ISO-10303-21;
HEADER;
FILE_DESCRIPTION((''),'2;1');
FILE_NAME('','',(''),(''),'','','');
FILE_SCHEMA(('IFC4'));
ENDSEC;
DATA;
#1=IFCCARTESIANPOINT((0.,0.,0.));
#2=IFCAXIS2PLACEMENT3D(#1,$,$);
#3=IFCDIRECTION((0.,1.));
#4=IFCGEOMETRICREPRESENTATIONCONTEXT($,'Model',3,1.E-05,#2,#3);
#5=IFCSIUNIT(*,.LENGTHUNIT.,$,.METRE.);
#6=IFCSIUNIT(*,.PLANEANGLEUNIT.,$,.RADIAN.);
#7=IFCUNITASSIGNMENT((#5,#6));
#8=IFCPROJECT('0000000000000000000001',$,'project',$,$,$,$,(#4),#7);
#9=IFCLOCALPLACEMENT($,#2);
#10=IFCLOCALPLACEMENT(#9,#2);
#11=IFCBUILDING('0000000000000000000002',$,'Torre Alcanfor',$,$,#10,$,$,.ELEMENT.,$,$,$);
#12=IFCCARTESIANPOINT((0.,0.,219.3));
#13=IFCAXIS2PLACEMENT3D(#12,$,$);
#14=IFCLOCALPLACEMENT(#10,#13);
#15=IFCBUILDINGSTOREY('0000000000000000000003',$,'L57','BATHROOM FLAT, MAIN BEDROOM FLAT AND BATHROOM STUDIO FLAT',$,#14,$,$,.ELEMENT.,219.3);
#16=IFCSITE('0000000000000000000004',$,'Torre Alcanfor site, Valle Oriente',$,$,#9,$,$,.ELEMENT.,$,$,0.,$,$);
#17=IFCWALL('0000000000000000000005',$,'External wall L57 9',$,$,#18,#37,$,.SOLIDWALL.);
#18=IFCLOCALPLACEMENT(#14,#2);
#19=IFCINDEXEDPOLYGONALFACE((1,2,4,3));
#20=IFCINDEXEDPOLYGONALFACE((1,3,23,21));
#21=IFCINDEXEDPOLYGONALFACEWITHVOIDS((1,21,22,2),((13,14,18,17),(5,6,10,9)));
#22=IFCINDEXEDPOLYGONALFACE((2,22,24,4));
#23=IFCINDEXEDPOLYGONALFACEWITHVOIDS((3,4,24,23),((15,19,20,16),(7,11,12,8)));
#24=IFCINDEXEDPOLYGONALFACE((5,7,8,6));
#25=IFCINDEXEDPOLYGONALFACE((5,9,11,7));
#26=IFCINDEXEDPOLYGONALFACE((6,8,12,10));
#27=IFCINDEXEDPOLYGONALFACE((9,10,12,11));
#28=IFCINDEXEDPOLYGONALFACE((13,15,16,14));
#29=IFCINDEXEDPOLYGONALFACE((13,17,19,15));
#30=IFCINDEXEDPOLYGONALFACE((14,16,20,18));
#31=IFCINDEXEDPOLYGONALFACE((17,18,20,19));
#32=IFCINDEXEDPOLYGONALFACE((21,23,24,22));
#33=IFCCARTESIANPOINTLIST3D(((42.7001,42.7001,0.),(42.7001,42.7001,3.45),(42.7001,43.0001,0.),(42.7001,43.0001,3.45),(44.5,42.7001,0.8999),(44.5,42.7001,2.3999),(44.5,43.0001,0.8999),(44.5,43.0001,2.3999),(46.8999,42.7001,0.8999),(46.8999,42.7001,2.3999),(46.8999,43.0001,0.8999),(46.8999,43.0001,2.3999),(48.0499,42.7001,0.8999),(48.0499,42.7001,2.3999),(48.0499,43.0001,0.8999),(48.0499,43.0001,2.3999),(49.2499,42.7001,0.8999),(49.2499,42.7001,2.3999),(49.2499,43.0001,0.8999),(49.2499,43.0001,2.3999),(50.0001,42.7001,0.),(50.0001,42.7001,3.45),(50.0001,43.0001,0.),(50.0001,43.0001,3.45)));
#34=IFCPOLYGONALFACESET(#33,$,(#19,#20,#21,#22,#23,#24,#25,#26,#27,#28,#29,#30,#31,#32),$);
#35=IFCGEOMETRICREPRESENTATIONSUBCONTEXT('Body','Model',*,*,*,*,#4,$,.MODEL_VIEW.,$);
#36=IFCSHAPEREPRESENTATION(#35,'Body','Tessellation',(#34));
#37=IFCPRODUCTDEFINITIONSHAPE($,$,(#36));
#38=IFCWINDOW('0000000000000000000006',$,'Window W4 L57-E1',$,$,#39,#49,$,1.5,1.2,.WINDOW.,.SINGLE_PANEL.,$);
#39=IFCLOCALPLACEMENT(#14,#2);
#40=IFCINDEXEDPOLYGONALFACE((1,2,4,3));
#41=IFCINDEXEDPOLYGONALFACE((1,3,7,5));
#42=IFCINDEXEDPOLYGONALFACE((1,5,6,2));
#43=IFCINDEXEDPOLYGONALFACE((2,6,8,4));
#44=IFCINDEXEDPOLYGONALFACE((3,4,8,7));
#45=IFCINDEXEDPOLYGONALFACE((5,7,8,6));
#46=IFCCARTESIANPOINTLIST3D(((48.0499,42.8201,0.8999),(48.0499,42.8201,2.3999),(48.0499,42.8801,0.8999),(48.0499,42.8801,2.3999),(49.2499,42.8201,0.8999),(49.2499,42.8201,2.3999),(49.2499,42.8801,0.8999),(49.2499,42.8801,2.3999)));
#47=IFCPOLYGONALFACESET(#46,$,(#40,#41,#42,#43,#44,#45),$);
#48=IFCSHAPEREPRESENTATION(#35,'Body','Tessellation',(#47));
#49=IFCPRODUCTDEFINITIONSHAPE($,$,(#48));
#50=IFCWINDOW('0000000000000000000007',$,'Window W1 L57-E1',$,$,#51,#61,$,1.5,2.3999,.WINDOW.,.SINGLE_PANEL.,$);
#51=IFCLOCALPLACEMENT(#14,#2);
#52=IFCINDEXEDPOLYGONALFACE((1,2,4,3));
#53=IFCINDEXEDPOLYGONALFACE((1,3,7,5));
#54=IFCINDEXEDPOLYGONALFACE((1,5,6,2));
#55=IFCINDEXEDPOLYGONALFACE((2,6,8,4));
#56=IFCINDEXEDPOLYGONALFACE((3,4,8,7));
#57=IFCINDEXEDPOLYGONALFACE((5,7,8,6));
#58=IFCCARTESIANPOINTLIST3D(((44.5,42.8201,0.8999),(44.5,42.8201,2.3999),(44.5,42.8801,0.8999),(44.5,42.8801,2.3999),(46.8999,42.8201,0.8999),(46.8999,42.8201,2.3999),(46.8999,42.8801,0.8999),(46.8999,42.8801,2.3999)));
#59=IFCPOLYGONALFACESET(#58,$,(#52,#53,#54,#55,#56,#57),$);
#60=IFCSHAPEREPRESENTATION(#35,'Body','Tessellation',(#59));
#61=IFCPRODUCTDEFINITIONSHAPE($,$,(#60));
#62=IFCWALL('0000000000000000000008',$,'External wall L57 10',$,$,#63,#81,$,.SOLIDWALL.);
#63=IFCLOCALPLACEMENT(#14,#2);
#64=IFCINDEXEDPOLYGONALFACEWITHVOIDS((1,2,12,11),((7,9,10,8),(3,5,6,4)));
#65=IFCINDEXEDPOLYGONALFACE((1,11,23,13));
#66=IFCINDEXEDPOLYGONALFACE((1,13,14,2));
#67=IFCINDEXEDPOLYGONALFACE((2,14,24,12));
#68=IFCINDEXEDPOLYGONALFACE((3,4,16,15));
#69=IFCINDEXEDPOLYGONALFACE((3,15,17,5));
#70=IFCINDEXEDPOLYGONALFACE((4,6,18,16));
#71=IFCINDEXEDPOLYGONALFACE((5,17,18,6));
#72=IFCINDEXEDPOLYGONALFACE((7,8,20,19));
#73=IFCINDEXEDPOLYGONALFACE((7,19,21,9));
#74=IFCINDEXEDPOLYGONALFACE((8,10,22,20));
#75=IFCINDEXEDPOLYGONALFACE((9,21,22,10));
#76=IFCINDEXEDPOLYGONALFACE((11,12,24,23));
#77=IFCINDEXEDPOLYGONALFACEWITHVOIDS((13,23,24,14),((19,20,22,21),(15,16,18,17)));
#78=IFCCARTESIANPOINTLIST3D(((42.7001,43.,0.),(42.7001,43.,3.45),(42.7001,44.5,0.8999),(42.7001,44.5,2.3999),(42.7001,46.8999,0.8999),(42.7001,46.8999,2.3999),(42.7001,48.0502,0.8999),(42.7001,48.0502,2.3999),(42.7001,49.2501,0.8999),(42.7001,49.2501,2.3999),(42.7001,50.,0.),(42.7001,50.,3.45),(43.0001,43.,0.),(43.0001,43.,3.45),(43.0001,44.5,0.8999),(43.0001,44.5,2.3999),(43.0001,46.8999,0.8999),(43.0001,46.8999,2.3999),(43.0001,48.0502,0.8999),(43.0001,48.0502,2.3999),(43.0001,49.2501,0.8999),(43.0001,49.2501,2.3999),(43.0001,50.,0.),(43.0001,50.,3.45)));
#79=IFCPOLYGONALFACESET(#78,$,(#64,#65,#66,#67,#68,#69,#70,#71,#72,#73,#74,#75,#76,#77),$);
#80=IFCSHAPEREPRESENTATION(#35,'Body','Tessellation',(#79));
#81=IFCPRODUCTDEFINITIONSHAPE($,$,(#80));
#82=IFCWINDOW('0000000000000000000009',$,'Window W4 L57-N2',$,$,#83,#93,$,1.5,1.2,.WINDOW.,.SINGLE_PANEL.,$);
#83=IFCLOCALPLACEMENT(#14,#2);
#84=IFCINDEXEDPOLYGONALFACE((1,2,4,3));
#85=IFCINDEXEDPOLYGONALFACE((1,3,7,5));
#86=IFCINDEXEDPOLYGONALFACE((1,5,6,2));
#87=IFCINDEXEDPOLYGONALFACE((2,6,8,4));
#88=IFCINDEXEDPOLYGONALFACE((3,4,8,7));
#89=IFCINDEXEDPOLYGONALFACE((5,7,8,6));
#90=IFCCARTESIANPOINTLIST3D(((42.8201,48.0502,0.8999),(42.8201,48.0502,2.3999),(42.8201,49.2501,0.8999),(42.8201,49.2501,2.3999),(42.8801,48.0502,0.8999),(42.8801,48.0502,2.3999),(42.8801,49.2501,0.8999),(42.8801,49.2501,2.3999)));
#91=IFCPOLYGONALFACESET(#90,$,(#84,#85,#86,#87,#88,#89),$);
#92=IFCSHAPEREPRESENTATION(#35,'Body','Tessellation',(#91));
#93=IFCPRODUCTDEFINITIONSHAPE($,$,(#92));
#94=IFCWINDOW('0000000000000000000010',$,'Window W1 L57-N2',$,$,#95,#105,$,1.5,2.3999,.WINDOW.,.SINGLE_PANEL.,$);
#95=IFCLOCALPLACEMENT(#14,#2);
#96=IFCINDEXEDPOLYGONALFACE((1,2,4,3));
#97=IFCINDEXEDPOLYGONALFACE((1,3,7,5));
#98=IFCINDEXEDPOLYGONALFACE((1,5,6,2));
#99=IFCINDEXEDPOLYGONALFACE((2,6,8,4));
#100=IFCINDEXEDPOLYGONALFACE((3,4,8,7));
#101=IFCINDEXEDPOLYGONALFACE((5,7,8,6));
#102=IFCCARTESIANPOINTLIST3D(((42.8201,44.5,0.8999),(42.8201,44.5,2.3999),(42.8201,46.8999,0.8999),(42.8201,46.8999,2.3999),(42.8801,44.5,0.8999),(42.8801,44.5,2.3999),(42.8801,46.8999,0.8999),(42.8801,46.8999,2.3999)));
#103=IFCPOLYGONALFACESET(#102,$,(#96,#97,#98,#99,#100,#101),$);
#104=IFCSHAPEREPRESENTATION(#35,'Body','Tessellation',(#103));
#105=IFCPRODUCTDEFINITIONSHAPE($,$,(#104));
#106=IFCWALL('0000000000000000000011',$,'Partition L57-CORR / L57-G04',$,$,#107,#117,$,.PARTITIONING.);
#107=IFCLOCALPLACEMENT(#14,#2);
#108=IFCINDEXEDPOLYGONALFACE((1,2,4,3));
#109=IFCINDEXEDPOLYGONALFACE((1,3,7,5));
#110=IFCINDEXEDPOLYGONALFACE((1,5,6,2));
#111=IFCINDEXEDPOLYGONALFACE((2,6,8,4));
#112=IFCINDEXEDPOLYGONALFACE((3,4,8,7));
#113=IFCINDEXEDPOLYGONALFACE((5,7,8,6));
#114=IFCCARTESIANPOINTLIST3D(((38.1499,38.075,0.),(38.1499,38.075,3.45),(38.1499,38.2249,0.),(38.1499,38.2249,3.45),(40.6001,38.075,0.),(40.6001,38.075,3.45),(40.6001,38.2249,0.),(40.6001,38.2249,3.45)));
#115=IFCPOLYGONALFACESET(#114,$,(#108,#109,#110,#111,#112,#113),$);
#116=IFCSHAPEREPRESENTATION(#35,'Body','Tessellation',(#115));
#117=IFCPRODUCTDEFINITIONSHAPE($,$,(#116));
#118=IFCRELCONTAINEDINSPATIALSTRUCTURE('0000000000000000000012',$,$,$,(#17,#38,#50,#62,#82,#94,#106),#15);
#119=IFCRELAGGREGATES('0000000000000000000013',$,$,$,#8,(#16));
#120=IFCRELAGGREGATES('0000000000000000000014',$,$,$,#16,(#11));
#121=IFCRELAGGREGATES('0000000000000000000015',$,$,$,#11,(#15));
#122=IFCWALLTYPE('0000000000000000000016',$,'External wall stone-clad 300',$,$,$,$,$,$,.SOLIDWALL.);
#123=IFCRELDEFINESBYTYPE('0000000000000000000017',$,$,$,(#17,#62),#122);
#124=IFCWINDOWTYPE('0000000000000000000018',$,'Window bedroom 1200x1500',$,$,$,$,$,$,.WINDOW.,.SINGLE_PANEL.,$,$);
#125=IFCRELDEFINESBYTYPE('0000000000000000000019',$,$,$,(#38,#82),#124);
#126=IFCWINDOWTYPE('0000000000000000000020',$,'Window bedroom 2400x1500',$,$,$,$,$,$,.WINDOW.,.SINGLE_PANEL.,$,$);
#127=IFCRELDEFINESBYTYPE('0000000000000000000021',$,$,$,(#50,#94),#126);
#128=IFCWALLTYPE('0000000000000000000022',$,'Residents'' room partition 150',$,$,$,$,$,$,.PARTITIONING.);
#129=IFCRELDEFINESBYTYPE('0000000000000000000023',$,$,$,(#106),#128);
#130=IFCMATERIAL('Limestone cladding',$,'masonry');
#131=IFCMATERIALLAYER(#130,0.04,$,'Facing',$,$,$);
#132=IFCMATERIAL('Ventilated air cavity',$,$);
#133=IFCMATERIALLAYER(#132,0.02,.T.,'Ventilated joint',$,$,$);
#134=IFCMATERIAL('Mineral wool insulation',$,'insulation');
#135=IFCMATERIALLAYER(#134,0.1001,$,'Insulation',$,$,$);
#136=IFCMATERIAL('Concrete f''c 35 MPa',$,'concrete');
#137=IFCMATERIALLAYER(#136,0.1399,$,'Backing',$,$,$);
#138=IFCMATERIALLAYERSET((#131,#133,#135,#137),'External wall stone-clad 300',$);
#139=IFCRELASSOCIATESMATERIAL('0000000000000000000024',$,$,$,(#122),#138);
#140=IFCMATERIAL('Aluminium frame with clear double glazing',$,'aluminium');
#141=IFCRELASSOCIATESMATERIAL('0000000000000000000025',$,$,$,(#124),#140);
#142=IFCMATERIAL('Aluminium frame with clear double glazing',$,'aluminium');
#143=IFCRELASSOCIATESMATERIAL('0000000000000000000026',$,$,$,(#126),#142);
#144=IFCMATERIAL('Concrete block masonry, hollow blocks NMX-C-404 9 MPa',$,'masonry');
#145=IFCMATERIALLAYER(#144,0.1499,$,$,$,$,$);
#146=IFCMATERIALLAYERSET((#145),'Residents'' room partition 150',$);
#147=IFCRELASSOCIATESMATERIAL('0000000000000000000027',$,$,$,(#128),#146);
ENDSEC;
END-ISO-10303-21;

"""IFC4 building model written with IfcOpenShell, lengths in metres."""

from ifc_helpers import new_model, si_unit, direction, frame, frame_2d, origin, place, context, subcontext, project, spatial, rectangle, extrude, material, layer, layer_set, type_object, element, fill, save


model = new_model("IFC4")

# Units and contexts
model_context = context("Model", 3, precision=1e-05, world=origin(), true_north=direction((0.0, 1.0)))
body_context = subcontext(model_context, "Body", "Model", "MODEL_VIEW")
ifc_project = project(units=[si_unit("LENGTHUNIT", "METRE"), si_unit("PLANEANGLEUNIT", "RADIAN")], contexts=[model_context])

# Site, building, storey
site_placement = place(None, origin())
site = spatial("IfcSite", under=ifc_project, at=site_placement, Name="Torre Alcanfor site, Valle Oriente", CompositionType="ELEMENT", RefElevation=0.0)
building_placement = place(site_placement, origin())
building = spatial("IfcBuilding", under=site, at=building_placement, Name="Torre Alcanfor", CompositionType="ELEMENT")
storey_placement = place(building_placement, frame((0.0, 0.0, 219.3)))
storey = spatial("IfcBuildingStorey", under=building, at=storey_placement, Name="L57", Description="BATHROOM FLAT, MAIN BEDROOM FLAT AND BATHROOM STUDIO FLAT", CompositionType="ELEMENT", Elevation=219.3)

# Walls, openings, windows
ifc_material_1 = material(Name="Limestone cladding", Category="masonry")
ifc_layer_1 = layer(ifc_material_1, 0.04, Name="Facing")
ifc_material_2 = material(Name="Ventilated air cavity")
ifc_layer_2 = layer(ifc_material_2, 0.02, ventilated=True, Name="Ventilated joint")
ifc_material_3 = material(Name="Mineral wool insulation", Category="insulation")
ifc_layer_3 = layer(ifc_material_3, 0.1001, Name="Insulation")
ifc_material_4 = material(Name="Concrete f'c 35 MPa", Category="concrete")
ifc_layer_4 = layer(ifc_material_4, 0.1399, Name="Backing")
ifc_layer_set_1 = layer_set([ifc_layer_1, ifc_layer_2, ifc_layer_3, ifc_layer_4], Name="External wall stone-clad 300")
wall_type_1 = type_object("IfcWallType", Name="External wall stone-clad 300", PredefinedType="SOLIDWALL", material=ifc_layer_set_1)
wall_1_placement = place(storey_placement, frame((50.0, 42.8501, 0.0), z_axis=(0.0, 0.0, 1.0), x_axis=(-1.0, 0.0, 0.0)))
wall_1 = element("IfcWall", 1, at=wall_1_placement, inside=storey, type_object=wall_type_1, Name="External wall L57 9", PredefinedType="SOLIDWALL", context=body_context, shape_type="SweptSolid", body=[
    extrude(rectangle(XDim=7.3, YDim=0.3, at=frame_2d((3.6499, 0.0))), origin(), (0.0, 0.0, 1.0), 3.45),
])
opening_1_placement = place(wall_1_placement, frame((3.1001, 0.0, 0.8999)))
opening_1 = element("IfcOpeningElement", 2, at=opening_1_placement, cuts=wall_1, PredefinedType="OPENING", context=body_context, shape_type="SweptSolid", body=[
    extrude(rectangle(XDim=2.3999, YDim=1.5, at=frame_2d((1.2, 0.75))), frame((0.0, 0.1599, 0.0), z_axis=(0.0, -1.0, 0.0), x_axis=(1.0, 0.0, 0.0)), (0.0, 0.0, 1.0), 0.3201),
])
opening_2_placement = place(wall_1_placement, frame((0.75, 0.0, 0.8999)))
opening_2 = element("IfcOpeningElement", 3, at=opening_2_placement, cuts=wall_1, PredefinedType="OPENING", context=body_context, shape_type="SweptSolid", body=[
    extrude(rectangle(XDim=1.2, YDim=1.5, at=frame_2d((0.6001, 0.75))), frame((0.0, 0.1599, 0.0), z_axis=(0.0, -1.0, 0.0), x_axis=(1.0, 0.0, 0.0)), (0.0, 0.0, 1.0), 0.3201),
])
ifc_material_5 = material(Name="Aluminium frame with clear double glazing", Category="aluminium")
window_type_1 = type_object("IfcWindowType", Name="Window bedroom 1200x1500", PartitioningType="SINGLE_PANEL", PredefinedType="WINDOW", material=ifc_material_5)
window_1_placement = place(opening_2_placement, origin())
window_1 = element("IfcWindow", 4, at=window_1_placement, inside=storey, type_object=window_type_1, Name="Window W4 L57-E1", OverallHeight=1.5, OverallWidth=1.2, PartitioningType="SINGLE_PANEL", PredefinedType="WINDOW", context=body_context, shape_type="SweptSolid", body=[
    extrude(rectangle(XDim=1.2, YDim=1.5, at=frame_2d((0.6001, 0.75))), frame((0.0, 0.03, 0.0), z_axis=(0.0, -1.0, 0.0), x_axis=(1.0, 0.0, 0.0)), (0.0, 0.0, 1.0), 0.0601),
])
fill(opening_2, window_1)
ifc_material_6 = material(Name="Aluminium frame with clear double glazing", Category="aluminium")
window_type_2 = type_object("IfcWindowType", Name="Window bedroom 2400x1500", PartitioningType="SINGLE_PANEL", PredefinedType="WINDOW", material=ifc_material_6)
window_2_placement = place(opening_1_placement, origin())
window_2 = element("IfcWindow", 5, at=window_2_placement, inside=storey, type_object=window_type_2, Name="Window W1 L57-E1", OverallHeight=1.5, OverallWidth=2.3999, PartitioningType="SINGLE_PANEL", PredefinedType="WINDOW", context=body_context, shape_type="SweptSolid", body=[
    extrude(rectangle(XDim=2.3999, YDim=1.5, at=frame_2d((1.2, 0.75))), frame((0.0, 0.03, 0.0), z_axis=(0.0, -1.0, 0.0), x_axis=(1.0, 0.0, 0.0)), (0.0, 0.0, 1.0), 0.0601),
])
fill(opening_1, window_2)
wall_2_placement = place(storey_placement, frame((42.8501, 43.0, 0.0), z_axis=(0.0, 0.0, 1.0), x_axis=(0.0, 1.0, 0.0)))
wall_2 = element("IfcWall", 6, at=wall_2_placement, inside=storey, type_object=wall_type_1, Name="External wall L57 10", PredefinedType="SOLIDWALL", context=body_context, shape_type="SweptSolid", body=[
    extrude(rectangle(XDim=7.0, YDim=0.3, at=frame_2d((3.5, 0.0))), origin(), (0.0, 0.0, 1.0), 3.45),
])
opening_3_placement = place(wall_2_placement, frame((1.5, 0.0, 0.8999)))
opening_3 = element("IfcOpeningElement", 7, at=opening_3_placement, cuts=wall_2, PredefinedType="OPENING", context=body_context, shape_type="SweptSolid", body=[
    extrude(rectangle(XDim=2.3999, YDim=1.5, at=frame_2d((1.2, 0.75))), frame((0.0, 0.1599, 0.0), z_axis=(0.0, -1.0, 0.0), x_axis=(1.0, 0.0, 0.0)), (0.0, 0.0, 1.0), 0.3201),
])
opening_4_placement = place(wall_2_placement, frame((5.05, 0.0, 0.8999)))
opening_4 = element("IfcOpeningElement", 8, at=opening_4_placement, cuts=wall_2, PredefinedType="OPENING", context=body_context, shape_type="SweptSolid", body=[
    extrude(rectangle(XDim=1.2, YDim=1.5, at=frame_2d((0.6001, 0.75))), frame((0.0, 0.1599, 0.0), z_axis=(0.0, -1.0, 0.0), x_axis=(1.0, 0.0, 0.0)), (0.0, 0.0, 1.0), 0.3201),
])
window_3_placement = place(opening_4_placement, origin())
window_3 = element("IfcWindow", 9, at=window_3_placement, inside=storey, type_object=window_type_1, Name="Window W4 L57-N2", OverallHeight=1.5, OverallWidth=1.2, PartitioningType="SINGLE_PANEL", PredefinedType="WINDOW", context=body_context, shape_type="SweptSolid", body=[
    extrude(rectangle(XDim=1.2, YDim=1.5, at=frame_2d((0.6001, 0.75))), frame((0.0, 0.03, 0.0), z_axis=(0.0, -1.0, 0.0), x_axis=(1.0, 0.0, 0.0)), (0.0, 0.0, 1.0), 0.0601),
])
fill(opening_4, window_3)
window_4_placement = place(opening_3_placement, origin())
window_4 = element("IfcWindow", 10, at=window_4_placement, inside=storey, type_object=window_type_2, Name="Window W1 L57-N2", OverallHeight=1.5, OverallWidth=2.3999, PartitioningType="SINGLE_PANEL", PredefinedType="WINDOW", context=body_context, shape_type="SweptSolid", body=[
    extrude(rectangle(XDim=2.3999, YDim=1.5, at=frame_2d((1.2, 0.75))), frame((0.0, 0.03, 0.0), z_axis=(0.0, -1.0, 0.0), x_axis=(1.0, 0.0, 0.0)), (0.0, 0.0, 1.0), 0.0601),
])
fill(opening_3, window_4)

# Wall
ifc_material_7 = material(Name="Concrete block masonry, hollow blocks NMX-C-404 9 MPa", Category="masonry")
ifc_layer_5 = layer(ifc_material_7, 0.1499)
ifc_layer_set_2 = layer_set([ifc_layer_5], Name="Residents' room partition 150")
wall_type_2 = type_object("IfcWallType", Name="Residents' room partition 150", PredefinedType="PARTITIONING", material=ifc_layer_set_2)
wall_3_placement = place(storey_placement, frame((40.6001, 38.1499, 0.0), z_axis=(0.0, 0.0, 1.0), x_axis=(-1.0, 0.0, 0.0)))
element("IfcWall", 11, at=wall_3_placement, inside=storey, type_object=wall_type_2, Name="Partition L57-CORR / L57-G04", PredefinedType="PARTITIONING", context=body_context, shape_type="SweptSolid", body=[
    extrude(rectangle(XDim=2.4502, YDim=0.1499, at=frame_2d((1.2251, 0.0))), origin(), (0.0, 0.0, 1.0), 3.45),
])

save(model, "model.ifc")
